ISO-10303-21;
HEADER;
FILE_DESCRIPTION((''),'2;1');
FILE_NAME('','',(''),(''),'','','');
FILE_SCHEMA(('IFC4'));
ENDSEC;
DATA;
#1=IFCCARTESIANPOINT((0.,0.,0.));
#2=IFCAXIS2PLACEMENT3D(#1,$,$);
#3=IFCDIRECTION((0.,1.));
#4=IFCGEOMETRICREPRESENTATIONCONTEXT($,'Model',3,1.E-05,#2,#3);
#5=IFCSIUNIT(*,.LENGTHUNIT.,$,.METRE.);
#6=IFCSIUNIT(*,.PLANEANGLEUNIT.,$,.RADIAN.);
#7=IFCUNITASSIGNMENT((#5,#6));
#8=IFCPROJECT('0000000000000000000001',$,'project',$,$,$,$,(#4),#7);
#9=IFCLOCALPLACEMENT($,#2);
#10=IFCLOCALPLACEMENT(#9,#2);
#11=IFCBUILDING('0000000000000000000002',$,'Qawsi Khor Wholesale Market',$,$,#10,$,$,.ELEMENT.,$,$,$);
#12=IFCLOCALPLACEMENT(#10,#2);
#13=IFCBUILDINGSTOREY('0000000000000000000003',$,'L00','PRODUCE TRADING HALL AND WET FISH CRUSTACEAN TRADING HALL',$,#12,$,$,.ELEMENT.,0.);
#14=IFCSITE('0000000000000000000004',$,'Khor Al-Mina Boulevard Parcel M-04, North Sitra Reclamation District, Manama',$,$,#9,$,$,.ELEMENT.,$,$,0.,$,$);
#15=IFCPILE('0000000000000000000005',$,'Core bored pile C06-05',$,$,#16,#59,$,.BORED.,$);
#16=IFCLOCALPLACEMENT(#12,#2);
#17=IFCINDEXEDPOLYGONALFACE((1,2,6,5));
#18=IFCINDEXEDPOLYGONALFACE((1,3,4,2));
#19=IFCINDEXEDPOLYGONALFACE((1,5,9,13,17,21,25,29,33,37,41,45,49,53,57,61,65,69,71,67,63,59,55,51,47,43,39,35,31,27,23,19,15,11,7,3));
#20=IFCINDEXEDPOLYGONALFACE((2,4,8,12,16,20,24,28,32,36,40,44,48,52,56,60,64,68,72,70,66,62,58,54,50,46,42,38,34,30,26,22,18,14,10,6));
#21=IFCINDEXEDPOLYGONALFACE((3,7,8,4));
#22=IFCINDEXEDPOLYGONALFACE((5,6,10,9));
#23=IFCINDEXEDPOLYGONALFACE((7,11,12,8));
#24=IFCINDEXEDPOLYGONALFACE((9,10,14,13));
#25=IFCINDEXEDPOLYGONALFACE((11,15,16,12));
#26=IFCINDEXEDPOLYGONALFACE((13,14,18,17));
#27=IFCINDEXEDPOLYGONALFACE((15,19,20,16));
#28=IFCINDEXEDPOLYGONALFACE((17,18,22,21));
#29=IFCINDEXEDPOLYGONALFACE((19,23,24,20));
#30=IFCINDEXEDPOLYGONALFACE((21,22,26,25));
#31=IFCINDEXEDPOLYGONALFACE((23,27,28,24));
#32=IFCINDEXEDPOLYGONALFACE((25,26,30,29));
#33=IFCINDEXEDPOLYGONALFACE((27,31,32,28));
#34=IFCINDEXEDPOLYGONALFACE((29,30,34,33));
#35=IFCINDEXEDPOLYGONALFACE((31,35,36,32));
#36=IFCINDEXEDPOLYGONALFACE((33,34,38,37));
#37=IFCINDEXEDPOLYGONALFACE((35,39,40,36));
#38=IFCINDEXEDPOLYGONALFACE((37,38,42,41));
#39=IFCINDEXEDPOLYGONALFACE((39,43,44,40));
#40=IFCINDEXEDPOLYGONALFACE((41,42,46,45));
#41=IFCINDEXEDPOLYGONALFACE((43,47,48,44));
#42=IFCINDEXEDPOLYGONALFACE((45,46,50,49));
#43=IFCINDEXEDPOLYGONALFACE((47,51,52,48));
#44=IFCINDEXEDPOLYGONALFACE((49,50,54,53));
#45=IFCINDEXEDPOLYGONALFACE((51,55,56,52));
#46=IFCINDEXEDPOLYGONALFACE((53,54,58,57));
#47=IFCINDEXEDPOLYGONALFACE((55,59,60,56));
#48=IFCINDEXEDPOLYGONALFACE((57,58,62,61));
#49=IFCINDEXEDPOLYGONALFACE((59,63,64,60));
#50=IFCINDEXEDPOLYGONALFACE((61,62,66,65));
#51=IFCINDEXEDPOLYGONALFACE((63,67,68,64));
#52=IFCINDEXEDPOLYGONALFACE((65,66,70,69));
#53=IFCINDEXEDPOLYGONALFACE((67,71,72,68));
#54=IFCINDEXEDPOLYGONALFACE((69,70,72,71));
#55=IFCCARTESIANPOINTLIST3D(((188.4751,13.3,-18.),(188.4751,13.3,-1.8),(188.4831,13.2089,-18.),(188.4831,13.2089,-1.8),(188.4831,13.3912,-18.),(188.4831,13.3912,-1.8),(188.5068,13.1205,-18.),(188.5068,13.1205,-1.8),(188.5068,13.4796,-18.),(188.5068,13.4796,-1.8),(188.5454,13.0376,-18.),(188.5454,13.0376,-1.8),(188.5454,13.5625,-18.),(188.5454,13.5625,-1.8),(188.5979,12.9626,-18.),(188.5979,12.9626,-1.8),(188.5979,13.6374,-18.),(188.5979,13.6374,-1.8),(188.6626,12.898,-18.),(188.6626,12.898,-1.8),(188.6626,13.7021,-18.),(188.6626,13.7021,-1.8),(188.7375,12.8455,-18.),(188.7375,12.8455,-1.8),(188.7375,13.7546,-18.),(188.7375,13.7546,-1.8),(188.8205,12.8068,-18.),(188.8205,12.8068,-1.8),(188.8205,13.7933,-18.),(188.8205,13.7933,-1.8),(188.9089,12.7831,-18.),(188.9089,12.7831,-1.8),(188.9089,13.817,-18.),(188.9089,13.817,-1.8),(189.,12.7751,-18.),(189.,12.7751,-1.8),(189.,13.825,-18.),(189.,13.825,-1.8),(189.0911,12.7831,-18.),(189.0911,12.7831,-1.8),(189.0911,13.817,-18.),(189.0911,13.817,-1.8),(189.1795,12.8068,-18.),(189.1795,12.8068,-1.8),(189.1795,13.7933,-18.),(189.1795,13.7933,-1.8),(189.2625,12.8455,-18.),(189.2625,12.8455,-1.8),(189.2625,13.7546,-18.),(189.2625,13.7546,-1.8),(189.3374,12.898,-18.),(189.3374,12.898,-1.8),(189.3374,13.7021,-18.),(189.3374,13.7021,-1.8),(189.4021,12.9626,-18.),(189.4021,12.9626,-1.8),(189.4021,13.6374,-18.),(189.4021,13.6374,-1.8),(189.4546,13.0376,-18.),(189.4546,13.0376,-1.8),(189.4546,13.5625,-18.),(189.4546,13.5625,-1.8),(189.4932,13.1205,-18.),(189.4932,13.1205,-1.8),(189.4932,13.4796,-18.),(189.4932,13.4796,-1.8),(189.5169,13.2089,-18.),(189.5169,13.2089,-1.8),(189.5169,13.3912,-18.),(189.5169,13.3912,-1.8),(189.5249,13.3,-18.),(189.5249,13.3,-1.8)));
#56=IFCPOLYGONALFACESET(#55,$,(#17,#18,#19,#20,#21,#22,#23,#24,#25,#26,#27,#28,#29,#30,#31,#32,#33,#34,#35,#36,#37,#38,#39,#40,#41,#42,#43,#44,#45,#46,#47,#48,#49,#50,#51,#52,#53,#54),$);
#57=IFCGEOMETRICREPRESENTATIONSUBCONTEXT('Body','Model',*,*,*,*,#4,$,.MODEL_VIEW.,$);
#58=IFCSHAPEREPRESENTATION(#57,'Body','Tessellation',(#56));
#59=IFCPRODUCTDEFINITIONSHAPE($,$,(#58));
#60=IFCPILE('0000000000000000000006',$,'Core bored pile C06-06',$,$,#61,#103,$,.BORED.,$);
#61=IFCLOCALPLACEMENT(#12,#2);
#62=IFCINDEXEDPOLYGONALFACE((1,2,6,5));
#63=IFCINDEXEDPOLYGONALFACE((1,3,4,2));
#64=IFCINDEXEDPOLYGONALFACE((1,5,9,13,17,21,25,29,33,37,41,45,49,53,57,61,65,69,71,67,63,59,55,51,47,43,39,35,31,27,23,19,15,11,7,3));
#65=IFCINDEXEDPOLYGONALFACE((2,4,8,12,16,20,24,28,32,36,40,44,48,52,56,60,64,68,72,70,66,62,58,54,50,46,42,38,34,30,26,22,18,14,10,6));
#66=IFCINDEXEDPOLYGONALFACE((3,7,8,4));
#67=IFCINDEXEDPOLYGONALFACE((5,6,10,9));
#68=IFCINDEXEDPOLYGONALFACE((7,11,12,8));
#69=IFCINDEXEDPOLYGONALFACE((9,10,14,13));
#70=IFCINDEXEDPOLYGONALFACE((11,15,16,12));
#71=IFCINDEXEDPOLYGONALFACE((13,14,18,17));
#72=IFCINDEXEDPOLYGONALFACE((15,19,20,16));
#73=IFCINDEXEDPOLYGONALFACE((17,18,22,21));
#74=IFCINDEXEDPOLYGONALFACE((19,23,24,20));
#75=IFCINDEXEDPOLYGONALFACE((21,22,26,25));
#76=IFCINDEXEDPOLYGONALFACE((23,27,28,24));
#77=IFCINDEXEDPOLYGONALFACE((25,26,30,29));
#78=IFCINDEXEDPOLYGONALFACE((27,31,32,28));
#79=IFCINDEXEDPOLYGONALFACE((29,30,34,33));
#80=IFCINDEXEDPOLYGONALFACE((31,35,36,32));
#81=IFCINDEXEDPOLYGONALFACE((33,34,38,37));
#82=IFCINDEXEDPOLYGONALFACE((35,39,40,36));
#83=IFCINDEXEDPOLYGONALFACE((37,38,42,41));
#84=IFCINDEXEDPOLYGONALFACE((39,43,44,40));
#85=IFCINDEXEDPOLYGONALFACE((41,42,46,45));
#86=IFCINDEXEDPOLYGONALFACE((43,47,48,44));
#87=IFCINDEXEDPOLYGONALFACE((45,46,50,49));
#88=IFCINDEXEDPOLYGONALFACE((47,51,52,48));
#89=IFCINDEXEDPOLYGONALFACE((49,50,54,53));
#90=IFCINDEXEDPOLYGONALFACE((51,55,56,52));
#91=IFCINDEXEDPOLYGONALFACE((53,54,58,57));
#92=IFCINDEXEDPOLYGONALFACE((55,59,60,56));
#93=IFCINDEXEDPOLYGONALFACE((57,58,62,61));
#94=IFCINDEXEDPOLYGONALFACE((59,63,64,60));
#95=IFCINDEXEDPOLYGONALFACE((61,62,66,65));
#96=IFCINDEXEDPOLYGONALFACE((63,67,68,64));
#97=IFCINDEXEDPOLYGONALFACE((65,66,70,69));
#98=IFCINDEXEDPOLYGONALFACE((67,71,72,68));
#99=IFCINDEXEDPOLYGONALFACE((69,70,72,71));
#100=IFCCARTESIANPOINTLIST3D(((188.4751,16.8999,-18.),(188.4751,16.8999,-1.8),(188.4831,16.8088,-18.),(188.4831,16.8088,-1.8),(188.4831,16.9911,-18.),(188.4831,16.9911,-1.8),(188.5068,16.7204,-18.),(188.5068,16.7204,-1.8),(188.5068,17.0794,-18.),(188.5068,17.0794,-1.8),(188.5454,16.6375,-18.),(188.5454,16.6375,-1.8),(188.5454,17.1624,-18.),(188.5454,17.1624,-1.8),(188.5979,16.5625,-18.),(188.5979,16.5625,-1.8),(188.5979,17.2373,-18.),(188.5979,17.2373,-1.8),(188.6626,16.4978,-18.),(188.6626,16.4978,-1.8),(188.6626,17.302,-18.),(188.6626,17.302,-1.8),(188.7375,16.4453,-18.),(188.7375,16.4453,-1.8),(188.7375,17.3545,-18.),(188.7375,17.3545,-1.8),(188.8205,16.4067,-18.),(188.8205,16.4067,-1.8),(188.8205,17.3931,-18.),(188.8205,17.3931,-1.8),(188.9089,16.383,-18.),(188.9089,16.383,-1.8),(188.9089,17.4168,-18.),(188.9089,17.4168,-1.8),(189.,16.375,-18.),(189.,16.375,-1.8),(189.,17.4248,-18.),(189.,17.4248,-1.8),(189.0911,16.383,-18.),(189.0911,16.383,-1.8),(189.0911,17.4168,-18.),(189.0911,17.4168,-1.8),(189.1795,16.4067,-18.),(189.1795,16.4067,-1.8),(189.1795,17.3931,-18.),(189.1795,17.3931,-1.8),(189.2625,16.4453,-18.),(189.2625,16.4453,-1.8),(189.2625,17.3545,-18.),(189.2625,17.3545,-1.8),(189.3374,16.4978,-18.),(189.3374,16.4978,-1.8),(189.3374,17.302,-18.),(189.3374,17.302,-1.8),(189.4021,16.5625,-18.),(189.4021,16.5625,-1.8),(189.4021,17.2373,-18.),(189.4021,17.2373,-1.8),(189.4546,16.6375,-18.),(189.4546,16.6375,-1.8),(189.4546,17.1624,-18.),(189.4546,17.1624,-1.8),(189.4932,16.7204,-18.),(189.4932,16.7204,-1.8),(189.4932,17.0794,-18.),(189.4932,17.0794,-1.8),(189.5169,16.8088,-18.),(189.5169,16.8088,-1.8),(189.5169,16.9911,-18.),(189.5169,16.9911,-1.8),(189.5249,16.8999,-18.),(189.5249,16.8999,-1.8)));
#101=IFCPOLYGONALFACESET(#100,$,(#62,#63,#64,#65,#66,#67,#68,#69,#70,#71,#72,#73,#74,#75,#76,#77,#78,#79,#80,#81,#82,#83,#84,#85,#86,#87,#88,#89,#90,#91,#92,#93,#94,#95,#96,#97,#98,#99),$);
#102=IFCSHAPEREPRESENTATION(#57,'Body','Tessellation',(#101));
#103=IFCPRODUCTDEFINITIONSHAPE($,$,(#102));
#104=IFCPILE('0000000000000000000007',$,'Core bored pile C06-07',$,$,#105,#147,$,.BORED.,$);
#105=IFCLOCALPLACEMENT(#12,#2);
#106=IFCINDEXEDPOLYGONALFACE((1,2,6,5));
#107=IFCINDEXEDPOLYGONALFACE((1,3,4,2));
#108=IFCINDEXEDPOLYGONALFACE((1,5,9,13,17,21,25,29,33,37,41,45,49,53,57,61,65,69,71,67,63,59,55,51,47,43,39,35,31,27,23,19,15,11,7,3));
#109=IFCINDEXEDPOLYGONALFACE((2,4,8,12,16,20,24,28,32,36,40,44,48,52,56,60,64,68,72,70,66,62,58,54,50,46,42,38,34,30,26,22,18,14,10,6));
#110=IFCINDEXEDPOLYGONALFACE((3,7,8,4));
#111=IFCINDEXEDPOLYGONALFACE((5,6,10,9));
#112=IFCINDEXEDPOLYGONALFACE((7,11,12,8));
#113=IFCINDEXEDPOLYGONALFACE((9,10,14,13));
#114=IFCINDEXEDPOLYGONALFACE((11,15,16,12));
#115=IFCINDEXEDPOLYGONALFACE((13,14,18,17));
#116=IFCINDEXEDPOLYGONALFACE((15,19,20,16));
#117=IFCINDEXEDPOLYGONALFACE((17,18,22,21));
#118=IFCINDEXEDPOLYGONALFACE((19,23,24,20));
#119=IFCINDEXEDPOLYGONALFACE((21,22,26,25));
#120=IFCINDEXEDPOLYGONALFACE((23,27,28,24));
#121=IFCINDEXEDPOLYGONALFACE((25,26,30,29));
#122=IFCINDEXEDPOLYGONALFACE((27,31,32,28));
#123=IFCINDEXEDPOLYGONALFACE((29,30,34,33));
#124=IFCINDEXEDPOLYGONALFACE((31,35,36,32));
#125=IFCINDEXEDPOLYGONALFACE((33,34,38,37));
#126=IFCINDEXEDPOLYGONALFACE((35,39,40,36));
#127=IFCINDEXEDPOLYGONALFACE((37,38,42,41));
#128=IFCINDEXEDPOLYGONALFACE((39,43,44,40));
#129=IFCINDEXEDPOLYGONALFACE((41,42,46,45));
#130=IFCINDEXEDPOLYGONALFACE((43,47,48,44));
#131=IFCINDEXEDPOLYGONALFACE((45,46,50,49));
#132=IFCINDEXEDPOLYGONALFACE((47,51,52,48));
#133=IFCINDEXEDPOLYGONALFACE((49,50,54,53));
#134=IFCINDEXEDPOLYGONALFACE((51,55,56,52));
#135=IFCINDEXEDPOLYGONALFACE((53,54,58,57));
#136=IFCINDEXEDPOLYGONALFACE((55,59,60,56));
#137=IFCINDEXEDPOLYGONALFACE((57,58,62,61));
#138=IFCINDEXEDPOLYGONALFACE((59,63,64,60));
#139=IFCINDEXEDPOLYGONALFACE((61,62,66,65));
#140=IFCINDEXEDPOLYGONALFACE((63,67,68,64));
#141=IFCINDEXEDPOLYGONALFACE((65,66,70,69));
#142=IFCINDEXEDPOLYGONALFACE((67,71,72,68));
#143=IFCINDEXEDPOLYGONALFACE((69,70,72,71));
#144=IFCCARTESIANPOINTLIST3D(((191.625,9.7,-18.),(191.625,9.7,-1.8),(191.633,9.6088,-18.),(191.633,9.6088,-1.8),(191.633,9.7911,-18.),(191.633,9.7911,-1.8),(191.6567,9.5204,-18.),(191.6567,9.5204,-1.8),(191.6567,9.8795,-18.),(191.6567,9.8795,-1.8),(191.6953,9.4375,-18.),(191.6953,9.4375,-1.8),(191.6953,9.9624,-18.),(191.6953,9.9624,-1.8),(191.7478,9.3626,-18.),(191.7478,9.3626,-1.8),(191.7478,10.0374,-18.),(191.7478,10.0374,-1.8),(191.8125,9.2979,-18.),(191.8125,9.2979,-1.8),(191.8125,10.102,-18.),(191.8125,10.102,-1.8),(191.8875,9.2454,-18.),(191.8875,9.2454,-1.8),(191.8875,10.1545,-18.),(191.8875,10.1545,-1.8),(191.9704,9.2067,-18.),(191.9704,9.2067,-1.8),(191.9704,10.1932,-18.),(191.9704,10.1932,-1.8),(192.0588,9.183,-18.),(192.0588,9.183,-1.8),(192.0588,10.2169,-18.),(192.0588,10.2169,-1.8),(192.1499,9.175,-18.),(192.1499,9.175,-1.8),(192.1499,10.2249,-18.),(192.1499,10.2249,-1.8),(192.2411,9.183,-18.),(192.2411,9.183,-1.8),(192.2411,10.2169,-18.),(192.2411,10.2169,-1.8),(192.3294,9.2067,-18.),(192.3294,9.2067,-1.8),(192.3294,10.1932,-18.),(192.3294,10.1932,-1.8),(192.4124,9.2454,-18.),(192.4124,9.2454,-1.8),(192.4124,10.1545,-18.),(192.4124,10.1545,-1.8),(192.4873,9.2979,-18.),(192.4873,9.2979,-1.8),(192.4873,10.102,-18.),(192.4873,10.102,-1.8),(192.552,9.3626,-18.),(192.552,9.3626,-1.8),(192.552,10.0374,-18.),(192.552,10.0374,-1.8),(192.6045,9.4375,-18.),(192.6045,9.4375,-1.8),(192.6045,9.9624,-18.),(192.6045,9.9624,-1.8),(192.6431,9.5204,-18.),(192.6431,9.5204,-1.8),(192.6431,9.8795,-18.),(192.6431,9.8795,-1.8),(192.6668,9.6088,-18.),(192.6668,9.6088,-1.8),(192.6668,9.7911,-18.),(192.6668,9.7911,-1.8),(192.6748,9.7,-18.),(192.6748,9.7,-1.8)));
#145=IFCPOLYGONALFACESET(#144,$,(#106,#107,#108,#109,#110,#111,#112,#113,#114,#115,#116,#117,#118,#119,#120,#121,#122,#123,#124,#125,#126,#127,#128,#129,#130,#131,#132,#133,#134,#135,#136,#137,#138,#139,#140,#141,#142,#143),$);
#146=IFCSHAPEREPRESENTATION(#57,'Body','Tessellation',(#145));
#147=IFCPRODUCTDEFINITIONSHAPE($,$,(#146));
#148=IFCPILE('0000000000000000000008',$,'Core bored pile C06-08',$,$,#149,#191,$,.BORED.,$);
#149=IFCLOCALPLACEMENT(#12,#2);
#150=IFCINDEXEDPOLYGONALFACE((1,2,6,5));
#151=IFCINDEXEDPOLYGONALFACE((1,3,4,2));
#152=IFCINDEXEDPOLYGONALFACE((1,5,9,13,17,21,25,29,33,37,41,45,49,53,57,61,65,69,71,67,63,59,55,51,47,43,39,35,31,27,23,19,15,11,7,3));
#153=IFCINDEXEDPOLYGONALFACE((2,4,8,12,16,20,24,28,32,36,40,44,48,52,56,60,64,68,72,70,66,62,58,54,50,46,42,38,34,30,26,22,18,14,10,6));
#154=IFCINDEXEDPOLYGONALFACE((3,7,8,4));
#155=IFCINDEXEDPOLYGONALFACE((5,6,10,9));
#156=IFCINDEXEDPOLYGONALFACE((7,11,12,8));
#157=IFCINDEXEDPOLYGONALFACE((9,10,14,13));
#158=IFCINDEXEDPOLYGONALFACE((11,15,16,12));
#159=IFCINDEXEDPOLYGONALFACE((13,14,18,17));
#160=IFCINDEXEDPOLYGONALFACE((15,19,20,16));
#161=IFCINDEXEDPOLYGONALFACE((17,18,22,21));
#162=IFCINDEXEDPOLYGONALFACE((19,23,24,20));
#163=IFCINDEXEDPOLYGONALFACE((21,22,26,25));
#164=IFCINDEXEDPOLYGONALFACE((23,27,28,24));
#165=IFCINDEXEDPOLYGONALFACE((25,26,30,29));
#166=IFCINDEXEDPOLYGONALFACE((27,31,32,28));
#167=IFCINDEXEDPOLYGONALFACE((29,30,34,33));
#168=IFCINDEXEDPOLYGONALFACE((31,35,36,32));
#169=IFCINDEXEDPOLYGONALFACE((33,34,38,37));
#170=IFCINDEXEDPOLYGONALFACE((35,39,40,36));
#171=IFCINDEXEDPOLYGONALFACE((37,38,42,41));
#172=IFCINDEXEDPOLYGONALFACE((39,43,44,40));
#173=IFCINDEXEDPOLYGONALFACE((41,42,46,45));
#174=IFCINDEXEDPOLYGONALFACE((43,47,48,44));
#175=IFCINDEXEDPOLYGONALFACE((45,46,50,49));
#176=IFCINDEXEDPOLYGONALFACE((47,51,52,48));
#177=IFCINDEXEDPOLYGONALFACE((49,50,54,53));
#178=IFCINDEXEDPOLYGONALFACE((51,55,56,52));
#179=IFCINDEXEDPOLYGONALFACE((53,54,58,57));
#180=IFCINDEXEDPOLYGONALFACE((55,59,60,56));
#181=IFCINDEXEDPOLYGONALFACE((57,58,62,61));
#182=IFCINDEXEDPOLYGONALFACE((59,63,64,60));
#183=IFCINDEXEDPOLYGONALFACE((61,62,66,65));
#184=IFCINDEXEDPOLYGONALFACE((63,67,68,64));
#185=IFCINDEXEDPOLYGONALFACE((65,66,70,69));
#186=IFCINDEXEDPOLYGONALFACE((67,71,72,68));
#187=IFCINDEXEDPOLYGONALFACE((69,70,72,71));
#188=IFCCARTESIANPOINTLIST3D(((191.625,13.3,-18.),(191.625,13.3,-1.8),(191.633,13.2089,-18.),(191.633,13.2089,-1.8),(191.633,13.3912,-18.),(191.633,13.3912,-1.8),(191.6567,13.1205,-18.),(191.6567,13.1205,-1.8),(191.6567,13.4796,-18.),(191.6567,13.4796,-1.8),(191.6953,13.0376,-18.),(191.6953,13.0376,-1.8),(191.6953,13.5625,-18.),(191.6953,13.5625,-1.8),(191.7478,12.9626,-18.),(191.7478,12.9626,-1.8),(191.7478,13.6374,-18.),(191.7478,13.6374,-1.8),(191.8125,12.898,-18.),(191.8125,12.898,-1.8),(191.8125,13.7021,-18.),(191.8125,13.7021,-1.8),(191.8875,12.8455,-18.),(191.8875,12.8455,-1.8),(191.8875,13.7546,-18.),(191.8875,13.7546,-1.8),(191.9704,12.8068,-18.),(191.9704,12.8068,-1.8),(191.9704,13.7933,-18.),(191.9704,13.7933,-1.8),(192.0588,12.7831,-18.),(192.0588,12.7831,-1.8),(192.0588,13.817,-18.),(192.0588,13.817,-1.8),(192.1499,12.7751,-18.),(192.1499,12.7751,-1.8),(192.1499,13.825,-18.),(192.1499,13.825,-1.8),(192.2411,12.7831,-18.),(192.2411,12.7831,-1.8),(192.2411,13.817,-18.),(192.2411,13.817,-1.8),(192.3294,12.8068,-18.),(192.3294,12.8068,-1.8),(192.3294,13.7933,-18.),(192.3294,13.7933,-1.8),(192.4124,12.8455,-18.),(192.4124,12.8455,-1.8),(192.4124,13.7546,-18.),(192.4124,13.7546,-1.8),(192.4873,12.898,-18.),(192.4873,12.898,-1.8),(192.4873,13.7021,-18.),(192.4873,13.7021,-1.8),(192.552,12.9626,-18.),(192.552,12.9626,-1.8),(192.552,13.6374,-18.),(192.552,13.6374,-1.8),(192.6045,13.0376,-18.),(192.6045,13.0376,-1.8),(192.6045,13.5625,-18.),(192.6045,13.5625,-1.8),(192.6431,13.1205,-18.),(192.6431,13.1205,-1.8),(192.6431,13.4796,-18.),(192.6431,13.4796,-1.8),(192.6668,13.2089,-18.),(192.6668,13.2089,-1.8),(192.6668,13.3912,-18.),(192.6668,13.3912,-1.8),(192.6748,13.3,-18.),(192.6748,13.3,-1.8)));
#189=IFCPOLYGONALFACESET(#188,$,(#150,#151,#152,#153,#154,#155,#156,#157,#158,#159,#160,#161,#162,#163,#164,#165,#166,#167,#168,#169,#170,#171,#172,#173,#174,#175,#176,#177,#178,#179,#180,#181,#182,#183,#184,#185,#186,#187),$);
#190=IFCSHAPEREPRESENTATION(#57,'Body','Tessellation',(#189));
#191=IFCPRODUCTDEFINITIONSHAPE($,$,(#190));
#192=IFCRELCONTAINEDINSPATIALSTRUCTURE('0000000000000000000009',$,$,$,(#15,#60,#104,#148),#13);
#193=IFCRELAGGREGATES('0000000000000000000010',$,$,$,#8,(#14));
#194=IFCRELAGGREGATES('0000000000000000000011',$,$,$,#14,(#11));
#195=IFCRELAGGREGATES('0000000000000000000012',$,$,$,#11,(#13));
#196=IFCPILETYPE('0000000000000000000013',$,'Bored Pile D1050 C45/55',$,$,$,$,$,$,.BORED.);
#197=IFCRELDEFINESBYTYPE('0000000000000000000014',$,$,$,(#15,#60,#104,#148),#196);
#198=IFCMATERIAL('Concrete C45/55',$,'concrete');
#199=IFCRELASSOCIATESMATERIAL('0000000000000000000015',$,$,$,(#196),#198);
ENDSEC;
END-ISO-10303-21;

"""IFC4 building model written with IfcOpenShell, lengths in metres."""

from ifc_helpers import new_model, si_unit, direction, frame, origin, origin_2d, place, context, subcontext, project, spatial, circle, extrude, material, material_profile, profile_set, type_object, element, save


model = new_model("IFC4")

# Units and contexts
model_context = context("Model", 3, precision=1e-05, world=origin(), true_north=direction((0.0, 1.0)))
body_context = subcontext(model_context, "Body", "Model", "MODEL_VIEW")
ifc_project = project(units=[si_unit("LENGTHUNIT", "METRE"), si_unit("PLANEANGLEUNIT", "RADIAN")], contexts=[model_context])

# Site, building, storey
site_placement = place(None, origin())
site = spatial("IfcSite", under=ifc_project, at=site_placement, Name="Khor Al-Mina Boulevard Parcel M-04, North Sitra Reclamation District, Manama", CompositionType="ELEMENT", RefElevation=0.0)
building_placement = place(site_placement, origin())
building = spatial("IfcBuilding", under=site, at=building_placement, Name="Qawsi Khor Wholesale Market", CompositionType="ELEMENT")
storey_placement = place(building_placement, origin())
storey = spatial("IfcBuildingStorey", under=building, at=storey_placement, Name="L00", Description="PRODUCE TRADING HALL AND WET FISH CRUSTACEAN TRADING HALL", CompositionType="ELEMENT", Elevation=0.0)

# Piles
ifc_material_1 = material(Name="Concrete C45/55", Category="concrete")
ifc_material_profile_1 = material_profile(ifc_material_1, circle(Radius=0.5249, at=origin_2d()), Name="PILE D1050")
ifc_profile_set_1 = profile_set([ifc_material_profile_1], Name="Concrete C45/55")
pile_type_1 = type_object("IfcPileType", Name="Bored Pile D1050 C45/55", PredefinedType="BORED", material=ifc_profile_set_1)
for number, where, z_axis, x_axis, name in (
    (1, (189.0, 13.3, -1.8), (0.0, 0.0, -1.0), (1.0, 0.0, 0.0), "Core bored pile C06-05"),
    (2, (189.0, 16.8999, -1.8), (0.0, 0.0, -1.0), (1.0, 0.0, 0.0), "Core bored pile C06-06"),
    (3, (192.1499, 9.7, -1.8), (0.0, 0.0, -1.0), (1.0, 0.0, 0.0), "Core bored pile C06-07"),
    (4, (192.1499, 13.3, -1.8), (0.0, 0.0, -1.0), (1.0, 0.0, 0.0), "Core bored pile C06-08"),
):
    element("IfcPile", number, at=place(storey_placement, frame(where, z_axis=z_axis, x_axis=x_axis)), inside=storey, type_object=pile_type_1, Name=name, PredefinedType="BORED", context=body_context, shape_type="SweptSolid", body=[
        extrude(circle(Radius=0.5249, at=origin_2d()), origin(), (0.0, 0.0, 1.0), 16.2),
    ])

save(model, "model.ifc")
